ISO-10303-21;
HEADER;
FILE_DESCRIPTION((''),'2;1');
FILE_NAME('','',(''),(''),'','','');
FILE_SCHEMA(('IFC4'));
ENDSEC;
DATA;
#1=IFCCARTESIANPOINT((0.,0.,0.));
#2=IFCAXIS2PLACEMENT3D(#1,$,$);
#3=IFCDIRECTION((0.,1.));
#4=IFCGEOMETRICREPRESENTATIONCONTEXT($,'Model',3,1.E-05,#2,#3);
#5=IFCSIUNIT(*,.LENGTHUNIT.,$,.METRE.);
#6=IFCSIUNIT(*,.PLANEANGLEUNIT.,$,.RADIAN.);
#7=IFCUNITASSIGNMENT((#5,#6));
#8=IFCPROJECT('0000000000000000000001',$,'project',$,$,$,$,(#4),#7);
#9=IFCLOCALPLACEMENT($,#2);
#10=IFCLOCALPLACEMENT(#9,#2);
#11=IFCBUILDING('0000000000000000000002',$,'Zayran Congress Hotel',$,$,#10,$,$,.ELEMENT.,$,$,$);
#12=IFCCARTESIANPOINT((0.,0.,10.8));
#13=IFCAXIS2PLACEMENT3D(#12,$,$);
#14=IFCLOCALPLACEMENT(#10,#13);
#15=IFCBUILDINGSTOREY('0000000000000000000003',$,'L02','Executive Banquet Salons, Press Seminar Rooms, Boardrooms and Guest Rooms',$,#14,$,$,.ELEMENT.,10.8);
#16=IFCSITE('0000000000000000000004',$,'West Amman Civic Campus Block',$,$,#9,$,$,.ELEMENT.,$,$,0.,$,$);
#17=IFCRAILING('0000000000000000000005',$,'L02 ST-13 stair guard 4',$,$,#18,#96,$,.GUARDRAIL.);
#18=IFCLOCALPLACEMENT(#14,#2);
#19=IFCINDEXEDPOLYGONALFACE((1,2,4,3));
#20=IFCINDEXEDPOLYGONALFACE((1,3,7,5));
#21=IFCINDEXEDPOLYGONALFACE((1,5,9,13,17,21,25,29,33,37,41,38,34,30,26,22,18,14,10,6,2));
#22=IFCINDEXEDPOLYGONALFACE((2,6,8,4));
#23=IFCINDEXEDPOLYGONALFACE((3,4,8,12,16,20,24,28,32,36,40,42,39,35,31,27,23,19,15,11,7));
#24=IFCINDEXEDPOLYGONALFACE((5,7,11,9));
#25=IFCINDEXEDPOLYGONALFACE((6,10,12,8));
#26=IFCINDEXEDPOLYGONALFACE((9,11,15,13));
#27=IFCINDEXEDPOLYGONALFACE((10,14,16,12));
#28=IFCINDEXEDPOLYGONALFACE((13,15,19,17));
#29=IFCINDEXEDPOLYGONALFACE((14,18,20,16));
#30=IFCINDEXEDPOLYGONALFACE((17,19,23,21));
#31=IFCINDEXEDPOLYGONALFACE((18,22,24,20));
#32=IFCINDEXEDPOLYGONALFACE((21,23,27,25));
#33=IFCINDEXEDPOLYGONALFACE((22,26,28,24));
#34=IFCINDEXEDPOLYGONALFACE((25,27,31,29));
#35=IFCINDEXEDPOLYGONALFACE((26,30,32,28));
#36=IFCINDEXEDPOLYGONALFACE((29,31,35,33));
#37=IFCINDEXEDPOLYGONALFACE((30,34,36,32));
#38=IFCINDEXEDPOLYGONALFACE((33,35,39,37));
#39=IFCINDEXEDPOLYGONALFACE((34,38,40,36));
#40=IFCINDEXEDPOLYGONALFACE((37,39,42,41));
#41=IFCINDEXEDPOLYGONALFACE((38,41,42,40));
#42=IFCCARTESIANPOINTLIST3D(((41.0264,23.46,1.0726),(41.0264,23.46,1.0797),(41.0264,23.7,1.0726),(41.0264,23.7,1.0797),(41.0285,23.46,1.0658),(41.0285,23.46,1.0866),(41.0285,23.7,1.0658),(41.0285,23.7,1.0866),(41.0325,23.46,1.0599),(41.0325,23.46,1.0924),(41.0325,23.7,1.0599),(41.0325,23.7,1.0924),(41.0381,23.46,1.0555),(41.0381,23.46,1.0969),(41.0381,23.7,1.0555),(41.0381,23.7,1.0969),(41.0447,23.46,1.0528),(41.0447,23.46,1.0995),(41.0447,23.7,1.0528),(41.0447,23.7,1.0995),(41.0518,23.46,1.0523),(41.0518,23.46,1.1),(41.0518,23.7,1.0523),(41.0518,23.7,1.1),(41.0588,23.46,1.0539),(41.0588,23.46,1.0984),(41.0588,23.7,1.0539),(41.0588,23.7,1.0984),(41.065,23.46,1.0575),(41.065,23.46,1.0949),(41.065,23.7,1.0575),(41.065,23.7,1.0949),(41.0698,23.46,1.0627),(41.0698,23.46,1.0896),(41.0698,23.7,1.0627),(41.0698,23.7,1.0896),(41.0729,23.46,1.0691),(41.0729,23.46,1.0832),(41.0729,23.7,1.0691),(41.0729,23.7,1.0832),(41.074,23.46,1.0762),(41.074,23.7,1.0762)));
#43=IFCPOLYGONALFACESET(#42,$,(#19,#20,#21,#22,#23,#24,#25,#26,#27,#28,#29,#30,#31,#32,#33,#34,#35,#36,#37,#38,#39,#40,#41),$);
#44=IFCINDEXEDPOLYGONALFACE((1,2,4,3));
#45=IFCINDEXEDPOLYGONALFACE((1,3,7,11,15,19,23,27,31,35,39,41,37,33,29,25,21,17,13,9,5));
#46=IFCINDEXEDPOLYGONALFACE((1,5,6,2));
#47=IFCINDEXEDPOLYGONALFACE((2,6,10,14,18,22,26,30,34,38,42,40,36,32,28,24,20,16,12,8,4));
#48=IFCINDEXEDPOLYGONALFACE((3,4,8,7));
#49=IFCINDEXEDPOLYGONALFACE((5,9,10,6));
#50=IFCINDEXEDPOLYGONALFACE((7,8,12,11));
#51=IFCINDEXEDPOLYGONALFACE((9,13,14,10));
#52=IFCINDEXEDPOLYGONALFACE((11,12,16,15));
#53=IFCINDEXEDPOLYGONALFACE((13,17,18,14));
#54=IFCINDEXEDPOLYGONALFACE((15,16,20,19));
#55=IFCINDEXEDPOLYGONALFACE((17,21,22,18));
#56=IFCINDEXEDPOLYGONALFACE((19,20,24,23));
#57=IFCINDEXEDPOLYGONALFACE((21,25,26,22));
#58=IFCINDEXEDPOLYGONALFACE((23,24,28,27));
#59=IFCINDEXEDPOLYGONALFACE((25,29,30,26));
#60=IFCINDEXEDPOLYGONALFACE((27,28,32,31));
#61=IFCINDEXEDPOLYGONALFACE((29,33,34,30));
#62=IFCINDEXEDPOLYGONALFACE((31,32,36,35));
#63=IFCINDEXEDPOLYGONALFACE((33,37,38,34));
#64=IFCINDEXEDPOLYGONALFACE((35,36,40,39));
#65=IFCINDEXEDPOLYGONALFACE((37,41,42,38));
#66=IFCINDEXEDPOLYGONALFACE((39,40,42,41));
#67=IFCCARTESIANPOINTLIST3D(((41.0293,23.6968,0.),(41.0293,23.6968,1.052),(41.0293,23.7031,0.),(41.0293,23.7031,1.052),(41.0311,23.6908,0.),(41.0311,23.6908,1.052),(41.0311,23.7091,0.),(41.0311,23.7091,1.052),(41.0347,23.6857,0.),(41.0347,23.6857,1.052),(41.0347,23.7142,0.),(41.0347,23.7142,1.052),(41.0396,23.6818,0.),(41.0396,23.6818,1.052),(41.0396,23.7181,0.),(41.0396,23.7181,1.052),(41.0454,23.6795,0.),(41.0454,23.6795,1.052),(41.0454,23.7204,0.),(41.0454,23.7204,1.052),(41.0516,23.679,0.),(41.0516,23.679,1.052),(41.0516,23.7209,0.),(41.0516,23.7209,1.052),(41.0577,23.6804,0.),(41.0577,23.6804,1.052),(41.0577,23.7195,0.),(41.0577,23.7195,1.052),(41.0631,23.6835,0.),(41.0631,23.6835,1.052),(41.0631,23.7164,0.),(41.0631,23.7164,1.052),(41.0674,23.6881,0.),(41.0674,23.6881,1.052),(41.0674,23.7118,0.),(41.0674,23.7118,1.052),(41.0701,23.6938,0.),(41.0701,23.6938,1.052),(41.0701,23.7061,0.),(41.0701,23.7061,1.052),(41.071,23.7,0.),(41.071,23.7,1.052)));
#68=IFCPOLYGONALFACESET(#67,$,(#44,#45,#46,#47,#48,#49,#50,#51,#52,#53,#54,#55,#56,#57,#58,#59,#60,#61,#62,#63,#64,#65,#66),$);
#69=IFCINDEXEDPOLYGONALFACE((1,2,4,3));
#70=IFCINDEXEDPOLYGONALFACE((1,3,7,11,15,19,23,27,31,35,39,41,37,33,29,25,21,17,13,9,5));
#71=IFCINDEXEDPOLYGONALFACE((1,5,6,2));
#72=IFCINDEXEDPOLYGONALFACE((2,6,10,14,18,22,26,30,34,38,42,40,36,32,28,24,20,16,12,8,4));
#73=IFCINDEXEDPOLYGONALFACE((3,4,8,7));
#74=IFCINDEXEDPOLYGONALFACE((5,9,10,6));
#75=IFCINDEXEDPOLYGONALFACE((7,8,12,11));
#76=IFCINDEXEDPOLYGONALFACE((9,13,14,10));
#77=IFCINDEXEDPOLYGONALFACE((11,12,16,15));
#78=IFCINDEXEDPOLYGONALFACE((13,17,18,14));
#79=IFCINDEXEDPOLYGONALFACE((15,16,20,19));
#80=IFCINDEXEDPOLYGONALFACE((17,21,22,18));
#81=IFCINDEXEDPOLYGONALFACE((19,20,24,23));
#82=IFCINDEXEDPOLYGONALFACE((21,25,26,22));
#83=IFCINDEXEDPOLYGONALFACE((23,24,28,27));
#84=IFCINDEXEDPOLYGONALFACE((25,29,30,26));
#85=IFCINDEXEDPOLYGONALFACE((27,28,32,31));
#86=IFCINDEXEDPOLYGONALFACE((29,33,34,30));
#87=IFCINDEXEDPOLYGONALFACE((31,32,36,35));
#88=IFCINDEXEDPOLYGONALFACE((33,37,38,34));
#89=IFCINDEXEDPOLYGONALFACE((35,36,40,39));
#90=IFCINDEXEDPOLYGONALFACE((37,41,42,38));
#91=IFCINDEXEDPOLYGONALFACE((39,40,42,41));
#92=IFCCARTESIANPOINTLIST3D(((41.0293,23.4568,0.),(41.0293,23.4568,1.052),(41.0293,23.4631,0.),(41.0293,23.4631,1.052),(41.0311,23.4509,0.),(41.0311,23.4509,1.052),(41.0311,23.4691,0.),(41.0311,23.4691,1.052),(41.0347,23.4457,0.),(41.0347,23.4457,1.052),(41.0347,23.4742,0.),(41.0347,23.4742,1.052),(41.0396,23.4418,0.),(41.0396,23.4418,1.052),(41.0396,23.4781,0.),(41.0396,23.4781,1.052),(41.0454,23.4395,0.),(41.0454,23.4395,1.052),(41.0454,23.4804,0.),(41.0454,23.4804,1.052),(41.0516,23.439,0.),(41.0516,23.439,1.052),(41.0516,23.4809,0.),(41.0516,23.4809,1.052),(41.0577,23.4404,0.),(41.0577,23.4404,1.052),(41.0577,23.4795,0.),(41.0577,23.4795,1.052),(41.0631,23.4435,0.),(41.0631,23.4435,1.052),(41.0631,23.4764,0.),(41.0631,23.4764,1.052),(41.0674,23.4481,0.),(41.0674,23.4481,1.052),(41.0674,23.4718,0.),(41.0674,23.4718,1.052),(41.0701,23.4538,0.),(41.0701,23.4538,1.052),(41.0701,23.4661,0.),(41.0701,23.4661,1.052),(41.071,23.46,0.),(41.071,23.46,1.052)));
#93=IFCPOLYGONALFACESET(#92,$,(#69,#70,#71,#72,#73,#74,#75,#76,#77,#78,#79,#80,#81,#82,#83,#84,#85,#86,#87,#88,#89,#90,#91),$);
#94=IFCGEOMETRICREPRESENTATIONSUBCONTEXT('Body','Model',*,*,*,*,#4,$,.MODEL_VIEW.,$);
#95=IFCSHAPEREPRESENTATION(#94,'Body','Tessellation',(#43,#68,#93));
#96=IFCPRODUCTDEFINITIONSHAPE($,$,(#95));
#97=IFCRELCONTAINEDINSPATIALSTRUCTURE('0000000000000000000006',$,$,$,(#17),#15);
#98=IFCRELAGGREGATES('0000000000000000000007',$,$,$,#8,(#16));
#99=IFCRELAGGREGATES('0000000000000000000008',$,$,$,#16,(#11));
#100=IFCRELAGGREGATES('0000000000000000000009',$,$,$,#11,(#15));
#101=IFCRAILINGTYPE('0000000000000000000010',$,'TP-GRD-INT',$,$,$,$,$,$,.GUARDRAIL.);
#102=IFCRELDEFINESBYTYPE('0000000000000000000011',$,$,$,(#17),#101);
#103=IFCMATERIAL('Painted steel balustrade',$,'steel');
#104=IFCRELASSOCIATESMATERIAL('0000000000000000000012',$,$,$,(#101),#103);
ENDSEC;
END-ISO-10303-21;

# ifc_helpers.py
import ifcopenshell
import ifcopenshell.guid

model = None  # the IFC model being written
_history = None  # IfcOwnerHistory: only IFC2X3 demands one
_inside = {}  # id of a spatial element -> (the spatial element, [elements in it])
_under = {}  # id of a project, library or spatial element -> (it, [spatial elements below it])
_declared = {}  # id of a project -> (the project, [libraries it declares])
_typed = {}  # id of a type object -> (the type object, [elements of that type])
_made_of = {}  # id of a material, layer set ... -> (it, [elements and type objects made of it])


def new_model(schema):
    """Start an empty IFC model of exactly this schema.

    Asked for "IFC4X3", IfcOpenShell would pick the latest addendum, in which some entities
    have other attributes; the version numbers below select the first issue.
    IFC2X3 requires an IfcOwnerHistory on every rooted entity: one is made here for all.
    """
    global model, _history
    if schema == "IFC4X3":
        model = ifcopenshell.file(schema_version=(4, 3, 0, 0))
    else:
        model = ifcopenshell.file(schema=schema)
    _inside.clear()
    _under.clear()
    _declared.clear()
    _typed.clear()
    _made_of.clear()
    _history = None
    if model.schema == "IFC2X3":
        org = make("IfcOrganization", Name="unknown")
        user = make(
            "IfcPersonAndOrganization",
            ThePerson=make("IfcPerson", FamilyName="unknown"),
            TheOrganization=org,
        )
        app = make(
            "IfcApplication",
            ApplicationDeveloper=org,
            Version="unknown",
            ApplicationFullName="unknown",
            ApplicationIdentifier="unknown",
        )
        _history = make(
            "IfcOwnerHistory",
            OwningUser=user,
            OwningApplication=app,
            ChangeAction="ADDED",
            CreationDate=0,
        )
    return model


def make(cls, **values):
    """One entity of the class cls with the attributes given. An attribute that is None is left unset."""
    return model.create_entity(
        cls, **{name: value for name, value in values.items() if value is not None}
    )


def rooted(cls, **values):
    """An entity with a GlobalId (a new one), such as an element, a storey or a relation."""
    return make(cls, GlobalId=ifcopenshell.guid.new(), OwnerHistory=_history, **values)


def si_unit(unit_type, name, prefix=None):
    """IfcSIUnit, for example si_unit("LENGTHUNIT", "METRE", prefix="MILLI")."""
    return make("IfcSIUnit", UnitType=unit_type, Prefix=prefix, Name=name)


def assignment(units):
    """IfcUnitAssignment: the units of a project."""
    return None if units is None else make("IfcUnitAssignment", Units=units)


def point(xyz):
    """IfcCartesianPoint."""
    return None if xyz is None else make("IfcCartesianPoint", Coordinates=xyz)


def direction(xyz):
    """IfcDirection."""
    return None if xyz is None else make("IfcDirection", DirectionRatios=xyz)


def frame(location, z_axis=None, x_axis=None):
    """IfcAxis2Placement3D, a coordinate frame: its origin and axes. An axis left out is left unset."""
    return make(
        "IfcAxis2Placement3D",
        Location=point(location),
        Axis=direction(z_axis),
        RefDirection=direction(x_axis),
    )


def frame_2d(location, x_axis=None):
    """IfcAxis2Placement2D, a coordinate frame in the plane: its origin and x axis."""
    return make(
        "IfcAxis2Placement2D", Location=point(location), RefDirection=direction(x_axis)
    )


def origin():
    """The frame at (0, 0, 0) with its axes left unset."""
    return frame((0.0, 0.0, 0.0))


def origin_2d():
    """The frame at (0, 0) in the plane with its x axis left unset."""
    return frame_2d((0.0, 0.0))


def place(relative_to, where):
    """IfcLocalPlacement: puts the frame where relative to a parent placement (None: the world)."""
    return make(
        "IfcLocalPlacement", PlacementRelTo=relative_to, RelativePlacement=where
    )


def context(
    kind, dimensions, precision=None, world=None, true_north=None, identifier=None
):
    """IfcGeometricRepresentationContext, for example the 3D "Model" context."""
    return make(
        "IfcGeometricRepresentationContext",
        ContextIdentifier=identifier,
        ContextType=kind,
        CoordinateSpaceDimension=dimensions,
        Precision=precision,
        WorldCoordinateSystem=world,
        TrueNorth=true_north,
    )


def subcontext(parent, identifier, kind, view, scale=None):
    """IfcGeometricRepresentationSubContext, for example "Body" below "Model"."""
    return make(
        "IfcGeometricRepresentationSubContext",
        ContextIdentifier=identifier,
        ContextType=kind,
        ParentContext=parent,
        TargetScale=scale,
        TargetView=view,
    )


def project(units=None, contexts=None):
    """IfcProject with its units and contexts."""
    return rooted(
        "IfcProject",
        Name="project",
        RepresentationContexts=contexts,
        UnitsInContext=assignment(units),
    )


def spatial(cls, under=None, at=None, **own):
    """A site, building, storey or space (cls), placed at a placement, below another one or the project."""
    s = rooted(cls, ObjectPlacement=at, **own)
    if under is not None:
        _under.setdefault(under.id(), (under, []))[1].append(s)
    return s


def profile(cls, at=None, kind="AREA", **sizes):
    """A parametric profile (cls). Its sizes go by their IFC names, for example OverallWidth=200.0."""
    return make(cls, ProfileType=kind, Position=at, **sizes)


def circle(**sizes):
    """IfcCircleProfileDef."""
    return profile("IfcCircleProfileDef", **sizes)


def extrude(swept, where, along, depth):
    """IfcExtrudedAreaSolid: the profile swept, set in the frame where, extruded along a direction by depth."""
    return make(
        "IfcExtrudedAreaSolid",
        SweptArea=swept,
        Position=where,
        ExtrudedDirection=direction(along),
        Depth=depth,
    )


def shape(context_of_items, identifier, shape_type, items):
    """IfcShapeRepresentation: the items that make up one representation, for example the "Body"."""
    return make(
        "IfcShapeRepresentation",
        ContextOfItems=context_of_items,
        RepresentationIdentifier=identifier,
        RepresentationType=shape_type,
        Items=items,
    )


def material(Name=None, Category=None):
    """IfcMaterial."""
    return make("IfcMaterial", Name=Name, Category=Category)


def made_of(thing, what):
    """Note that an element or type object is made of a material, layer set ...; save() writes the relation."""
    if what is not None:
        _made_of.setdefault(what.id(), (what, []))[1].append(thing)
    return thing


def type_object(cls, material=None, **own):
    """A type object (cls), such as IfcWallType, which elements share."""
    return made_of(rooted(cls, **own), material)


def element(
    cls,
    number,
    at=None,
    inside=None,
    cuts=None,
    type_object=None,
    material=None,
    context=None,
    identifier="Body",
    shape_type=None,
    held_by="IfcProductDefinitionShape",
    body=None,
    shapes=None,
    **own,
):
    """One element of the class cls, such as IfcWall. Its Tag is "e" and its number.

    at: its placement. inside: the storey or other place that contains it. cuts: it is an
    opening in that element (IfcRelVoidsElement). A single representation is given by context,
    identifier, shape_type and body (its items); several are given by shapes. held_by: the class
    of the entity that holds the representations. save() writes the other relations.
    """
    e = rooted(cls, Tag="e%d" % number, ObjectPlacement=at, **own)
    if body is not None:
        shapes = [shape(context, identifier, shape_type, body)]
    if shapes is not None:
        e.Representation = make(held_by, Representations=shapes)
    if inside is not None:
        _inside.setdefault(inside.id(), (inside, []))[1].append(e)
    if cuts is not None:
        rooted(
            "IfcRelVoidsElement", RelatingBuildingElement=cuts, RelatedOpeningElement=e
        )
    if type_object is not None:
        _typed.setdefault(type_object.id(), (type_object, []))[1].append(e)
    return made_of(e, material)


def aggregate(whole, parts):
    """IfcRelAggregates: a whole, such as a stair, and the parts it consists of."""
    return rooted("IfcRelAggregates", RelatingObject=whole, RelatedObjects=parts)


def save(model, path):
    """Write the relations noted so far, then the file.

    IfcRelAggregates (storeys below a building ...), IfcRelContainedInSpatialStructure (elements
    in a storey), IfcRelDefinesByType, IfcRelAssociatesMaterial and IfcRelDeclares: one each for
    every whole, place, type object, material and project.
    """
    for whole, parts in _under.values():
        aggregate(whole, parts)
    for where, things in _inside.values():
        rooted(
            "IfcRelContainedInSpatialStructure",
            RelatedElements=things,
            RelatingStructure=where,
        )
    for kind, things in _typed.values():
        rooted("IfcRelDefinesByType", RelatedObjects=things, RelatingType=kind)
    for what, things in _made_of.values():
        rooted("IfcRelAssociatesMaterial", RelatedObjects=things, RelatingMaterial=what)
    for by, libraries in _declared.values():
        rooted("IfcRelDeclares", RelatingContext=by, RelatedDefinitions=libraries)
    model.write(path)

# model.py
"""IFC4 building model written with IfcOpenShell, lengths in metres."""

from ifc_helpers import new_model, si_unit, direction, frame, origin, origin_2d, place, context, subcontext, project, spatial, circle, extrude, material, type_object, element, save


model = new_model("IFC4")

# Units and contexts
model_context = context("Model", 3, precision=1e-05, world=origin(), true_north=direction((0.0, 1.0)))
body_context = subcontext(model_context, "Body", "Model", "MODEL_VIEW")
ifc_project = project(units=[si_unit("LENGTHUNIT", "METRE"), si_unit("PLANEANGLEUNIT", "RADIAN")], contexts=[model_context])

# Site, building, storey
site_placement = place(None, origin())
site = spatial("IfcSite", under=ifc_project, at=site_placement, Name="West Amman Civic Campus Block", CompositionType="ELEMENT", RefElevation=0.0)
building_placement = place(site_placement, origin())
building = spatial("IfcBuilding", under=site, at=building_placement, Name="Zayran Congress Hotel", CompositionType="ELEMENT")
storey_placement = place(building_placement, frame((0.0, 0.0, 10.8)))
storey = spatial("IfcBuildingStorey", under=building, at=storey_placement, Name="L02", Description="Executive Banquet Salons, Press Seminar Rooms, Boardrooms and Guest Rooms", CompositionType="ELEMENT", Elevation=10.8)

# Railing
ifc_material_1 = material(Name="Painted steel balustrade", Category="steel")
railing_type_1 = type_object("IfcRailingType", Name="TP-GRD-INT", PredefinedType="GUARDRAIL", material=ifc_material_1)
railing_1_placement = place(storey_placement, frame((41.05, 23.7, 0.0)))
element("IfcRailing", 1, at=railing_1_placement, inside=storey, type_object=railing_type_1, Name="L02 ST-13 stair guard 4", PredefinedType="GUARDRAIL", context=body_context, shape_type="SweptSolid", body=[
    extrude(circle(Radius=0.0239, at=origin_2d()), frame((0.0, 0.0, 1.0762), z_axis=(0.0, -1.0, 0.0), x_axis=(1.0, 0.0, 0.0)), (0.0, 0.0, 1.0), 0.24),
    extrude(circle(Radius=0.021, at=origin_2d()), origin(), (0.0, 0.0, 1.0), 1.052),
    extrude(circle(Radius=0.021, at=origin_2d()), frame((0.0, -0.24, 0.0)), (0.0, 0.0, 1.0), 1.052),
])

save(model, "model.ifc")
